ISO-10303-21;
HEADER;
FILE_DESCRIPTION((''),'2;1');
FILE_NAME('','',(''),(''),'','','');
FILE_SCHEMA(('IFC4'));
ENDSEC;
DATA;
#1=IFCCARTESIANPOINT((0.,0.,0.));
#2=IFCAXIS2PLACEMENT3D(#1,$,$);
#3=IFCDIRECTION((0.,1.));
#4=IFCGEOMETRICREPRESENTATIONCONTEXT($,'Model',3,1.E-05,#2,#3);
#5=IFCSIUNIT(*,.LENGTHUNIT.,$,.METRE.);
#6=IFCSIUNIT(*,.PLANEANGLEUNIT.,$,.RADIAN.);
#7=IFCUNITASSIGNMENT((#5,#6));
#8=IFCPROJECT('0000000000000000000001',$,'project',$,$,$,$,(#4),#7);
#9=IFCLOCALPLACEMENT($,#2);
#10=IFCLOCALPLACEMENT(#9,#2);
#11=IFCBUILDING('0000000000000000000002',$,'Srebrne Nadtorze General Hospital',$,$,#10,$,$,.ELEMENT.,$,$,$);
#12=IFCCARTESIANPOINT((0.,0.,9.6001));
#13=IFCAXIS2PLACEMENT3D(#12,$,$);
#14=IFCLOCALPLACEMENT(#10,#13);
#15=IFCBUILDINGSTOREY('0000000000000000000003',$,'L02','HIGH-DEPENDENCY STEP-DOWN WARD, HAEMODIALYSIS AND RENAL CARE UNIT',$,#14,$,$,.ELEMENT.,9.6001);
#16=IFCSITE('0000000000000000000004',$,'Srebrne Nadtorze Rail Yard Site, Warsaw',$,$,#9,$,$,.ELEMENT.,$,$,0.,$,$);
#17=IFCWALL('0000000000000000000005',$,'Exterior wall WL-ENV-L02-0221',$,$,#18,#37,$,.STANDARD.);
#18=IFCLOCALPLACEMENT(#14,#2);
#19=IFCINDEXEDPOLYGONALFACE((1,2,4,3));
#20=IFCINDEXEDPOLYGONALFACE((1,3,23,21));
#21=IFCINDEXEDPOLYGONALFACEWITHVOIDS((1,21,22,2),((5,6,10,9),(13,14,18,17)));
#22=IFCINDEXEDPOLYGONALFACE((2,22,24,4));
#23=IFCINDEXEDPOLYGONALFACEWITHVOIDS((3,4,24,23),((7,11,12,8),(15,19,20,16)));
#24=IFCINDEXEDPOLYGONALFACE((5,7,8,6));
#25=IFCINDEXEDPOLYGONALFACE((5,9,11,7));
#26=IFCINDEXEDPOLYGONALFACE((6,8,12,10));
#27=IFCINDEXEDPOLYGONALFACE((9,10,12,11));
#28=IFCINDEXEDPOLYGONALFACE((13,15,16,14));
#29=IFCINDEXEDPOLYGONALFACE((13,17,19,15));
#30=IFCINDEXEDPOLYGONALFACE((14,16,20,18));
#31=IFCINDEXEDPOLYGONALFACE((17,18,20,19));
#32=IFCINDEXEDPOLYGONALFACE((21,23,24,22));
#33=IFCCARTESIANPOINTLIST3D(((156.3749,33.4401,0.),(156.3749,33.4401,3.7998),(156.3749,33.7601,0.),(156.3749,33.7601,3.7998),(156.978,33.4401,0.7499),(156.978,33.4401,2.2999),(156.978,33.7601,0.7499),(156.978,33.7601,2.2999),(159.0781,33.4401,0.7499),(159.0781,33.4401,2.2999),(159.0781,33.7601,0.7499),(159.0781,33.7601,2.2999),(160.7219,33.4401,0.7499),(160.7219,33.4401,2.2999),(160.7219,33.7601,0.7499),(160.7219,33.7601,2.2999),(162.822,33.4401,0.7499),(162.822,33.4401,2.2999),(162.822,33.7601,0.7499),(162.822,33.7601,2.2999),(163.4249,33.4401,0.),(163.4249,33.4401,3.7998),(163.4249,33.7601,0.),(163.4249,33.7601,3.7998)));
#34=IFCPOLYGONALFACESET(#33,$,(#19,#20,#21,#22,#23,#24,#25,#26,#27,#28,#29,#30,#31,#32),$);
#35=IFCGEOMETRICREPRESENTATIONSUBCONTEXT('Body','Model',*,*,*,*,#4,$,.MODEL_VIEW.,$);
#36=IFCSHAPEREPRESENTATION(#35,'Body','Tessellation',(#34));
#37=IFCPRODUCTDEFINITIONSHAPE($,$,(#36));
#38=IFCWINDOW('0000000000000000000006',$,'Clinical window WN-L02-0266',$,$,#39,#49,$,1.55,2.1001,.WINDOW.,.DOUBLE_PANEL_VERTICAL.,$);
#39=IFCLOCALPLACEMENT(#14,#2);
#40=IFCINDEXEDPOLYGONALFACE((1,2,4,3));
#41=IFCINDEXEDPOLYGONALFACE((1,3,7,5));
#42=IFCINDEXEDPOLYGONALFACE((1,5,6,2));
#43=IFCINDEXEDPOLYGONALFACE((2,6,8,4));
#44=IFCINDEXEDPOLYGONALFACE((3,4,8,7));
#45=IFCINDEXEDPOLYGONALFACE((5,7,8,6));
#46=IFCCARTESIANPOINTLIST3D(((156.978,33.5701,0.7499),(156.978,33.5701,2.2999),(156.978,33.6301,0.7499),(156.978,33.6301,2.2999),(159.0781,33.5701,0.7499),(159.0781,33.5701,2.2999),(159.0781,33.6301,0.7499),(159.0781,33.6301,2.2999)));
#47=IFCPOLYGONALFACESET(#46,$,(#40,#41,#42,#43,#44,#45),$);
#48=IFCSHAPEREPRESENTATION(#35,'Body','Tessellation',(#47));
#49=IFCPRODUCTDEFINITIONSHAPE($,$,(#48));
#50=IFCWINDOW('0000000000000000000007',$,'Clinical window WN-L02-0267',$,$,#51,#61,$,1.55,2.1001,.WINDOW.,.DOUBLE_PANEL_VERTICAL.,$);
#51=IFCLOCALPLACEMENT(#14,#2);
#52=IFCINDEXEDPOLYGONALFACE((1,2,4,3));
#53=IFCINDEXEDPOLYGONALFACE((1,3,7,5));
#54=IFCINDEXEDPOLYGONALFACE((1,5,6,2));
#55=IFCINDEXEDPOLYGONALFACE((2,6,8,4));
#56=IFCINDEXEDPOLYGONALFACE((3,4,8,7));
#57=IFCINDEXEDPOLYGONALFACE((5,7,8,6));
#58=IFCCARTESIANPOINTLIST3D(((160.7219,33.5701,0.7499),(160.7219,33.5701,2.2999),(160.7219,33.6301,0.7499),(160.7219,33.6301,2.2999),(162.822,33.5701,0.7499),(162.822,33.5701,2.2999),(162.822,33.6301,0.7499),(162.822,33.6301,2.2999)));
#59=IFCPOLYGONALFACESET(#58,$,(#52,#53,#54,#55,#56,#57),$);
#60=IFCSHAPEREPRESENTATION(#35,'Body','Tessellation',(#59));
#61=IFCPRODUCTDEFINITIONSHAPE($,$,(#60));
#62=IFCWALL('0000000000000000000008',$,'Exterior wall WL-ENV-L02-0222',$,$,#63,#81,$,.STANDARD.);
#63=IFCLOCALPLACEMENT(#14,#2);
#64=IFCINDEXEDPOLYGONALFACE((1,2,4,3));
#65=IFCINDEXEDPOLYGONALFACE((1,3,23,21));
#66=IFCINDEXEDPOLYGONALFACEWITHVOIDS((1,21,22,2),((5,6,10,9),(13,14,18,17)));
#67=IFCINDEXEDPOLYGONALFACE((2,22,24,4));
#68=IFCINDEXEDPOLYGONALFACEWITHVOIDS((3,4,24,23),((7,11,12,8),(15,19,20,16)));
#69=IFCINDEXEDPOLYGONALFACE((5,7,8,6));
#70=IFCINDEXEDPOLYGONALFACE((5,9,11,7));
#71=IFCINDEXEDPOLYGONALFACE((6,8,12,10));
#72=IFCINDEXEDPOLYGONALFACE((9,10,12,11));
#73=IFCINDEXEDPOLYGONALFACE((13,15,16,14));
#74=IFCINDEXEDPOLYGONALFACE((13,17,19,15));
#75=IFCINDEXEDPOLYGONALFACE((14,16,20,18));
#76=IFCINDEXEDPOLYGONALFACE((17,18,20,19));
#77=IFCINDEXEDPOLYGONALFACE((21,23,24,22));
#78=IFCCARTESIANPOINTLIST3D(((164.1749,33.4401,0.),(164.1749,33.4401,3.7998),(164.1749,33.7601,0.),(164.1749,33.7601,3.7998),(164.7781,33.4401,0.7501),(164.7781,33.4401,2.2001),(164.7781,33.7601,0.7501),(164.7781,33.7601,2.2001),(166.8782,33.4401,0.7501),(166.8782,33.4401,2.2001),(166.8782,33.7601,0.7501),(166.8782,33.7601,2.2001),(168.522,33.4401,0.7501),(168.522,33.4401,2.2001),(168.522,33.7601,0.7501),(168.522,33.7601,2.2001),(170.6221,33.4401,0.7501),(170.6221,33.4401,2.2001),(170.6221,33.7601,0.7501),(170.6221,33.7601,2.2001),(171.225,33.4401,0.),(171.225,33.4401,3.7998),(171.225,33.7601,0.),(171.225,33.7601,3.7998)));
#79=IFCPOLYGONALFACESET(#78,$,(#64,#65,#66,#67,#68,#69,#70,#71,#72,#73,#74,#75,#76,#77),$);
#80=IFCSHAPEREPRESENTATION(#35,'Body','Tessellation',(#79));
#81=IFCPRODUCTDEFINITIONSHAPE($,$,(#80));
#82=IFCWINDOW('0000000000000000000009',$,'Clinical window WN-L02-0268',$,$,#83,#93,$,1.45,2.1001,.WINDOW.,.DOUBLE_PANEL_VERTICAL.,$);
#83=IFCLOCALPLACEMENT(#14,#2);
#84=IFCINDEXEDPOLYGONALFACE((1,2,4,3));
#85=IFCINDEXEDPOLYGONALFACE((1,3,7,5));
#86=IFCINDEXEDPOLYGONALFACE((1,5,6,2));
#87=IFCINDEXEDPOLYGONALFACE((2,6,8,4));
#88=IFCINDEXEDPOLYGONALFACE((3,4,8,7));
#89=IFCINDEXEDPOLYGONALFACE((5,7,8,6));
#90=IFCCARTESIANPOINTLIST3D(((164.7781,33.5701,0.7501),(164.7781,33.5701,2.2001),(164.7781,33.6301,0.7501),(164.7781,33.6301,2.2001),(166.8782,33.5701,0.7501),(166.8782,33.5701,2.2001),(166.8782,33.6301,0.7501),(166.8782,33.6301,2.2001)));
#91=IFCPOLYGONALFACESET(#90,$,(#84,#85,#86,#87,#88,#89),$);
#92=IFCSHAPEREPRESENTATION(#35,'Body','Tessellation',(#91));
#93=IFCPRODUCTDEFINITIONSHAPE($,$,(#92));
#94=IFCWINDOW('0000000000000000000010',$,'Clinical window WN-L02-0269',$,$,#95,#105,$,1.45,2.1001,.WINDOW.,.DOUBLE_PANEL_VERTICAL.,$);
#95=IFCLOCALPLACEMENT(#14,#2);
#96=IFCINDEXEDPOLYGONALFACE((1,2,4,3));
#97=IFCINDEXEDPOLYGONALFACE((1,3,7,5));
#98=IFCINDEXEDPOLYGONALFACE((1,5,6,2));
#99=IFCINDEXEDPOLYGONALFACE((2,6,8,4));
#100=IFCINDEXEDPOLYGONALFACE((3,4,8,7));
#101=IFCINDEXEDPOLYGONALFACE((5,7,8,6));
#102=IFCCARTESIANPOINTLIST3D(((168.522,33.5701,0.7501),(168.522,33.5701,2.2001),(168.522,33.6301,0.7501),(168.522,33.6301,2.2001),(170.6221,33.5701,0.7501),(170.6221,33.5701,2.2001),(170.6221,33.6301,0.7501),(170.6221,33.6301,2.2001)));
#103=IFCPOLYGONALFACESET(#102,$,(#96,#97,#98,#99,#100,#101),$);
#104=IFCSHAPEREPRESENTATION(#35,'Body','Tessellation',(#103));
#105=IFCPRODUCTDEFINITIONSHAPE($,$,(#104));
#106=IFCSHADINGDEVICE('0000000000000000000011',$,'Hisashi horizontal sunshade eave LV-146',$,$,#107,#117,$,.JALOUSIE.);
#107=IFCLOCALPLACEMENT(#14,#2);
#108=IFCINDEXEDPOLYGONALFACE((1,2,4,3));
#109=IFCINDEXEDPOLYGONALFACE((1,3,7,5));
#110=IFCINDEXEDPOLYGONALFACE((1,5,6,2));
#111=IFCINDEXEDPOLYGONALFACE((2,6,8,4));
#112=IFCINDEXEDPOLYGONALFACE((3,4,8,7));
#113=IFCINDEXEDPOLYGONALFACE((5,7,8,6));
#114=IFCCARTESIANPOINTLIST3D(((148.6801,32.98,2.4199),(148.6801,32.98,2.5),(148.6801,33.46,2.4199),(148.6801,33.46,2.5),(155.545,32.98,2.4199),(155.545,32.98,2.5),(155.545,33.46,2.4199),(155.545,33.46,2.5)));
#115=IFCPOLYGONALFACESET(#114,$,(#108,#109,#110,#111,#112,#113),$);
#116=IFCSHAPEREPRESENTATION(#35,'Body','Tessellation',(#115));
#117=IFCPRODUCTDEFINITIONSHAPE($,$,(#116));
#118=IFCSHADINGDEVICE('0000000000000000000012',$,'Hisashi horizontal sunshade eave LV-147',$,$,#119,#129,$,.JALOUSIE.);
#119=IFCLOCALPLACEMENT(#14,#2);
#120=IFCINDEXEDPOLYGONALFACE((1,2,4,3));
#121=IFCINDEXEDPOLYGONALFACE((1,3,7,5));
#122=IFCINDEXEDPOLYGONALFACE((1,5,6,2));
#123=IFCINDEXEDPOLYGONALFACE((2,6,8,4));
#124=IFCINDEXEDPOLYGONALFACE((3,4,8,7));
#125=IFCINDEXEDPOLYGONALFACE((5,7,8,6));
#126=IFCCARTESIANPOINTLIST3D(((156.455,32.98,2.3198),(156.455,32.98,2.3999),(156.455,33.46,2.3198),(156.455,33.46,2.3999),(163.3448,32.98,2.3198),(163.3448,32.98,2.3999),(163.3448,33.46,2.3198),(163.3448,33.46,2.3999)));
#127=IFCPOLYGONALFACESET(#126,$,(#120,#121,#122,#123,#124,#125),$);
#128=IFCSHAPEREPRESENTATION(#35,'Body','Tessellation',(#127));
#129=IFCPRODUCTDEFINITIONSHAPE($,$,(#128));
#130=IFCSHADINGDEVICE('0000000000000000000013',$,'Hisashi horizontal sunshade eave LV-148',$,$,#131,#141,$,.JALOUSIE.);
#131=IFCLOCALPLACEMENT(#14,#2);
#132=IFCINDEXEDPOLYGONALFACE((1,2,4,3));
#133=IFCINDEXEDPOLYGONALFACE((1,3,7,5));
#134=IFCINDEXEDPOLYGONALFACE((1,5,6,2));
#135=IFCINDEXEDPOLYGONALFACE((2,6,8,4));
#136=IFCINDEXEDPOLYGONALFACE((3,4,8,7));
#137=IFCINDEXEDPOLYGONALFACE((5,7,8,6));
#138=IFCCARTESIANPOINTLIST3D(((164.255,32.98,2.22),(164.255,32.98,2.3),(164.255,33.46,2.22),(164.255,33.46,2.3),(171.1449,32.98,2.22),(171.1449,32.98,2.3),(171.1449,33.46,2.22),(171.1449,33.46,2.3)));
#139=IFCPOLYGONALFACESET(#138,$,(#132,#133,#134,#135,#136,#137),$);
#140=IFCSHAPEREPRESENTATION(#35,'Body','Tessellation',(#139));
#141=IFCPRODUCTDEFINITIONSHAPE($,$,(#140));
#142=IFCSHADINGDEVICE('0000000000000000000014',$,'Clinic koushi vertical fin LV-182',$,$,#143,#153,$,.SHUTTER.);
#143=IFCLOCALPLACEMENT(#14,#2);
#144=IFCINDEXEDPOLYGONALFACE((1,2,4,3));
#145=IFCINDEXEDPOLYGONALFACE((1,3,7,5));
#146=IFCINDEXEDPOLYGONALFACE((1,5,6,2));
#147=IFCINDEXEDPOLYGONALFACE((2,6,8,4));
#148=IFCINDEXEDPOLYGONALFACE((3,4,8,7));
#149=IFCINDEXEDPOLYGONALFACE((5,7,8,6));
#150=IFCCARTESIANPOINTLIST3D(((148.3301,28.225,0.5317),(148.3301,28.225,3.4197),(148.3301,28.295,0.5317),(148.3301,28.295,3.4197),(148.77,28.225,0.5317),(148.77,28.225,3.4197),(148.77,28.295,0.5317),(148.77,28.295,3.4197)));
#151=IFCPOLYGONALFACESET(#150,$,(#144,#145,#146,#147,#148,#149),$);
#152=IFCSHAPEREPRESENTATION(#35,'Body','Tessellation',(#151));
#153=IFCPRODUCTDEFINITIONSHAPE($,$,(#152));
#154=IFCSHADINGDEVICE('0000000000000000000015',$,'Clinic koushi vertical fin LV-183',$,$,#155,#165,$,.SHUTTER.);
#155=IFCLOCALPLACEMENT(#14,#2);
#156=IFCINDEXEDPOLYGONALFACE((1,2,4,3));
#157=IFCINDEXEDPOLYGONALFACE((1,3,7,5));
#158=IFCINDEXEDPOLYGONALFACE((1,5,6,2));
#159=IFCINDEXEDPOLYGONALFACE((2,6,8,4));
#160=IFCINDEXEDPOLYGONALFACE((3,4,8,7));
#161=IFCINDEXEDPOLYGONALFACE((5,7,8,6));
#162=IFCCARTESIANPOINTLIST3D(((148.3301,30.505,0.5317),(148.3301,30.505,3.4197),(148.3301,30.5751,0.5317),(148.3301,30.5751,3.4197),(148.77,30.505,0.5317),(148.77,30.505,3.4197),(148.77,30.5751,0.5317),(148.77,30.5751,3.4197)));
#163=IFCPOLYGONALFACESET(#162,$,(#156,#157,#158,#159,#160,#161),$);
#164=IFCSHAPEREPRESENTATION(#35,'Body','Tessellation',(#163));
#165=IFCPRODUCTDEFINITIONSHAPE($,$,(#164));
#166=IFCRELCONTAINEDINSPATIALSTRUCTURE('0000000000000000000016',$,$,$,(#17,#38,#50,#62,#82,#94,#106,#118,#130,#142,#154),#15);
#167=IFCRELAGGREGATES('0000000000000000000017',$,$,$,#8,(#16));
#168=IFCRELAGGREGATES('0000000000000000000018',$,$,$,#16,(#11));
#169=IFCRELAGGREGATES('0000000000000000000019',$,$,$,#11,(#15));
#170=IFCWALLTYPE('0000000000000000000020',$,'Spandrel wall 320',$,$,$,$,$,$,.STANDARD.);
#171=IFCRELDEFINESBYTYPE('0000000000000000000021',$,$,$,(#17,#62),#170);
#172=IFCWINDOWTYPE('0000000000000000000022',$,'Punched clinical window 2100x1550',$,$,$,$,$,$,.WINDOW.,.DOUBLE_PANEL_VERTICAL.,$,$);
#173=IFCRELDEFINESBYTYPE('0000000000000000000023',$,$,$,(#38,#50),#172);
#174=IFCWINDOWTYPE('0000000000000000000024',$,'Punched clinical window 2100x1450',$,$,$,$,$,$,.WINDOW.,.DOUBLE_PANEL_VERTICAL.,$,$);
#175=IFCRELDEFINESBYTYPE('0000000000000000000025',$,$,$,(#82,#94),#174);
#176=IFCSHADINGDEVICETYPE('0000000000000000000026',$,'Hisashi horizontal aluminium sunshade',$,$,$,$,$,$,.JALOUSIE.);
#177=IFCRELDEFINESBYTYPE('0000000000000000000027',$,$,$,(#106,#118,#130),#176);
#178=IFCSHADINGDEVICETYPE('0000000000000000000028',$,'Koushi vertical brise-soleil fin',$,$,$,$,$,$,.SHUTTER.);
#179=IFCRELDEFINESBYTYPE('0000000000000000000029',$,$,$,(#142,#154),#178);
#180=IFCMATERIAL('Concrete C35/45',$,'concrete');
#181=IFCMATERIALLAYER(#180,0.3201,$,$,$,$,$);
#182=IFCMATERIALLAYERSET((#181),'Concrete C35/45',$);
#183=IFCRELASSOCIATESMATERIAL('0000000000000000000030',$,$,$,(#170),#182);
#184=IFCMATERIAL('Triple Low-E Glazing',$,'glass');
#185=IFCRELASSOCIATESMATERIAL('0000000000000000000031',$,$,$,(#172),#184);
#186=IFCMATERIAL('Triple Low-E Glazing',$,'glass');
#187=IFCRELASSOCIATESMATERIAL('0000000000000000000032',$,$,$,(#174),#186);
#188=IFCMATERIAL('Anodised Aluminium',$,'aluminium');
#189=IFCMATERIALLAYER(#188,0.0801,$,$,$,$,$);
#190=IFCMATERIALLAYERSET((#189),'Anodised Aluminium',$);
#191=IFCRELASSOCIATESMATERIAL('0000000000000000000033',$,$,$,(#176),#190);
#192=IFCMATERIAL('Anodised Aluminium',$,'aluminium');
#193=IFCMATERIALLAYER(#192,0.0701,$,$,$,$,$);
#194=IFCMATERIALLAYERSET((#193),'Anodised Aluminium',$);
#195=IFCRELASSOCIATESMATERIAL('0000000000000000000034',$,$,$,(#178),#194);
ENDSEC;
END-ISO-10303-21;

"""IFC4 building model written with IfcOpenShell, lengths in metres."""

from ifc_helpers import new_model, si_unit, direction, frame, frame_2d, origin, origin_2d, place, context, subcontext, project, spatial, rectangle, extrude, material, layer, layer_set, type_object, element, fill, save


model = new_model("IFC4")

# Units and contexts
model_context = context("Model", 3, precision=1e-05, world=origin(), true_north=direction((0.0, 1.0)))
body_context = subcontext(model_context, "Body", "Model", "MODEL_VIEW")
ifc_project = project(units=[si_unit("LENGTHUNIT", "METRE"), si_unit("PLANEANGLEUNIT", "RADIAN")], contexts=[model_context])

# Site, building, storey
site_placement = place(None, origin())
site = spatial("IfcSite", under=ifc_project, at=site_placement, Name="Srebrne Nadtorze Rail Yard Site, Warsaw", CompositionType="ELEMENT", RefElevation=0.0)
building_placement = place(site_placement, origin())
building = spatial("IfcBuilding", under=site, at=building_placement, Name="Srebrne Nadtorze General Hospital", CompositionType="ELEMENT")
storey_placement = place(building_placement, frame((0.0, 0.0, 9.6001)))
storey = spatial("IfcBuildingStorey", under=building, at=storey_placement, Name="L02", Description="HIGH-DEPENDENCY STEP-DOWN WARD, HAEMODIALYSIS AND RENAL CARE UNIT", CompositionType="ELEMENT", Elevation=9.6001)

# Walls, openings, windows
ifc_material_1 = material(Name="Concrete C35/45", Category="concrete")
ifc_layer_1 = layer(ifc_material_1, 0.3201)
ifc_layer_set_1 = layer_set([ifc_layer_1], Name="Concrete C35/45")
wall_type_1 = type_object("IfcWallType", Name="Spandrel wall 320", PredefinedType="STANDARD", material=ifc_layer_set_1)
wall_1_placement = place(storey_placement, frame((156.375, 33.6001, 0.0), z_axis=(0.0, 0.0, 1.0), x_axis=(1.0, 0.0, 0.0)))
wall_1 = element("IfcWall", 1, at=wall_1_placement, inside=storey, type_object=wall_type_1, Name="Exterior wall WL-ENV-L02-0221", PredefinedType="STANDARD", context=body_context, shape_type="SweptSolid", body=[
    extrude(rectangle(XDim=7.05, YDim=0.3201, at=frame_2d((3.5249, 0.0))), origin(), (0.0, 0.0, 1.0), 3.7998),
])
opening_1_placement = place(wall_1_placement, frame((0.603, 0.0, 0.75)))
opening_1 = element("IfcOpeningElement", 2, at=opening_1_placement, cuts=wall_1, PredefinedType="OPENING", context=body_context, shape_type="SweptSolid", body=[
    extrude(rectangle(XDim=2.1001, YDim=1.55, at=frame_2d((1.05, 0.7749))), frame((0.0, 0.1719, 0.0), z_axis=(0.0, -1.0, 0.0), x_axis=(1.0, 0.0, 0.0)), (0.0, 0.0, 1.0), 0.344),
])
opening_2_placement = place(wall_1_placement, frame((4.3469, 0.0, 0.75)))
opening_2 = element("IfcOpeningElement", 3, at=opening_2_placement, cuts=wall_1, PredefinedType="OPENING", context=body_context, shape_type="SweptSolid", body=[
    extrude(rectangle(XDim=2.1001, YDim=1.55, at=frame_2d((1.05, 0.7749))), frame((0.0, 0.1719, 0.0), z_axis=(0.0, -1.0, 0.0), x_axis=(1.0, 0.0, 0.0)), (0.0, 0.0, 1.0), 0.344),
])
ifc_material_2 = material(Name="Triple Low-E Glazing", Category="glass")
window_type_1 = type_object("IfcWindowType", Name="Punched clinical window 2100x1550", PartitioningType="DOUBLE_PANEL_VERTICAL", PredefinedType="WINDOW", material=ifc_material_2)
window_1_placement = place(opening_1_placement, origin())
window_1 = element("IfcWindow", 4, at=window_1_placement, inside=storey, type_object=window_type_1, Name="Clinical window WN-L02-0266", OverallHeight=1.55, OverallWidth=2.1001, PartitioningType="DOUBLE_PANEL_VERTICAL", PredefinedType="WINDOW", context=body_context, shape_type="SweptSolid", body=[
    extrude(rectangle(XDim=2.1001, YDim=1.55, at=frame_2d((1.05, 0.7749))), frame((0.0, 0.03, 0.0), z_axis=(0.0, -1.0, 0.0), x_axis=(1.0, 0.0, 0.0)), (0.0, 0.0, 1.0), 0.0601),
])
fill(opening_1, window_1)
window_2_placement = place(opening_2_placement, origin())
window_2 = element("IfcWindow", 5, at=window_2_placement, inside=storey, type_object=window_type_1, Name="Clinical window WN-L02-0267", OverallHeight=1.55, OverallWidth=2.1001, PartitioningType="DOUBLE_PANEL_VERTICAL", PredefinedType="WINDOW", context=body_context, shape_type="SweptSolid", body=[
    extrude(rectangle(XDim=2.1001, YDim=1.55, at=frame_2d((1.05, 0.7749))), frame((0.0, 0.03, 0.0), z_axis=(0.0, -1.0, 0.0), x_axis=(1.0, 0.0, 0.0)), (0.0, 0.0, 1.0), 0.0601),
])
fill(opening_2, window_2)
wall_2_placement = place(storey_placement, frame((164.175, 33.6001, 0.0), z_axis=(0.0, 0.0, 1.0), x_axis=(1.0, 0.0, 0.0)))
wall_2 = element("IfcWall", 6, at=wall_2_placement, inside=storey, type_object=wall_type_1, Name="Exterior wall WL-ENV-L02-0222", PredefinedType="STANDARD", context=body_context, shape_type="SweptSolid", body=[
    extrude(rectangle(XDim=7.05, YDim=0.3201, at=frame_2d((3.5249, 0.0))), origin(), (0.0, 0.0, 1.0), 3.7998),
])
opening_3_placement = place(wall_2_placement, frame((0.603, 0.0, 0.75)))
opening_3 = element("IfcOpeningElement", 7, at=opening_3_placement, cuts=wall_2, PredefinedType="OPENING", context=body_context, shape_type="SweptSolid", body=[
    extrude(rectangle(XDim=2.1001, YDim=1.45, at=frame_2d((1.05, 0.7251))), frame((0.0, 0.1719, 0.0), z_axis=(0.0, -1.0, 0.0), x_axis=(1.0, 0.0, 0.0)), (0.0, 0.0, 1.0), 0.344),
])
opening_4_placement = place(wall_2_placement, frame((4.3469, 0.0, 0.75)))
opening_4 = element("IfcOpeningElement", 8, at=opening_4_placement, cuts=wall_2, PredefinedType="OPENING", context=body_context, shape_type="SweptSolid", body=[
    extrude(rectangle(XDim=2.1001, YDim=1.45, at=frame_2d((1.05, 0.7251))), frame((0.0, 0.1719, 0.0), z_axis=(0.0, -1.0, 0.0), x_axis=(1.0, 0.0, 0.0)), (0.0, 0.0, 1.0), 0.344),
])
ifc_material_3 = material(Name="Triple Low-E Glazing", Category="glass")
window_type_2 = type_object("IfcWindowType", Name="Punched clinical window 2100x1450", PartitioningType="DOUBLE_PANEL_VERTICAL", PredefinedType="WINDOW", material=ifc_material_3)
window_3_placement = place(opening_3_placement, origin())
window_3 = element("IfcWindow", 9, at=window_3_placement, inside=storey, type_object=window_type_2, Name="Clinical window WN-L02-0268", OverallHeight=1.45, OverallWidth=2.1001, PartitioningType="DOUBLE_PANEL_VERTICAL", PredefinedType="WINDOW", context=body_context, shape_type="SweptSolid", body=[
    extrude(rectangle(XDim=2.1001, YDim=1.45, at=frame_2d((1.05, 0.7251))), frame((0.0, 0.03, 0.0), z_axis=(0.0, -1.0, 0.0), x_axis=(1.0, 0.0, 0.0)), (0.0, 0.0, 1.0), 0.0601),
])
fill(opening_3, window_3)
window_4_placement = place(opening_4_placement, origin())
window_4 = element("IfcWindow", 10, at=window_4_placement, inside=storey, type_object=window_type_2, Name="Clinical window WN-L02-0269", OverallHeight=1.45, OverallWidth=2.1001, PartitioningType="DOUBLE_PANEL_VERTICAL", PredefinedType="WINDOW", context=body_context, shape_type="SweptSolid", body=[
    extrude(rectangle(XDim=2.1001, YDim=1.45, at=frame_2d((1.05, 0.7251))), frame((0.0, 0.03, 0.0), z_axis=(0.0, -1.0, 0.0), x_axis=(1.0, 0.0, 0.0)), (0.0, 0.0, 1.0), 0.0601),
])
fill(opening_4, window_4)

# Shading devices
ifc_material_4 = material(Name="Anodised Aluminium", Category="aluminium")
ifc_layer_2 = layer(ifc_material_4, 0.0801)
ifc_layer_set_2 = layer_set([ifc_layer_2], Name="Anodised Aluminium")
shading_device_type_1 = type_object("IfcShadingDeviceType", Name="Hisashi horizontal aluminium sunshade", PredefinedType="JALOUSIE", material=ifc_layer_set_2)
shading_device_placement = place(storey_placement, frame((152.1125, 33.22, 2.4199), z_axis=(0.0, 0.0, 1.0), x_axis=(1.0, 0.0, 0.0)))
element("IfcShadingDevice", 11, at=shading_device_placement, inside=storey, type_object=shading_device_type_1, Name="Hisashi horizontal sunshade eave LV-146", PredefinedType="JALOUSIE", context=body_context, shape_type="SweptSolid", body=[
    extrude(rectangle(XDim=6.865, YDim=0.48, at=origin_2d()), origin(), (0.0, 0.0, 1.0), 0.0801),
])
for number, where, z_axis, x_axis, name in (
    (12, (159.8999, 33.22, 2.3198), (0.0, 0.0, 1.0), (1.0, 0.0, 0.0), "Hisashi horizontal sunshade eave LV-147"),
    (13, (167.7, 33.22, 2.22), (0.0, 0.0, 1.0), (1.0, 0.0, 0.0), "Hisashi horizontal sunshade eave LV-148"),
):
    element("IfcShadingDevice", number, at=place(storey_placement, frame(where, z_axis=z_axis, x_axis=x_axis)), inside=storey, type_object=shading_device_type_1, Name=name, PredefinedType="JALOUSIE", context=body_context, shape_type="SweptSolid", body=[
        extrude(rectangle(XDim=6.8899, YDim=0.48, at=origin_2d()), origin(), (0.0, 0.0, 1.0), 0.0801),
    ])
ifc_material_5 = material(Name="Anodised Aluminium", Category="aluminium")
ifc_layer_3 = layer(ifc_material_5, 0.0701)
ifc_layer_set_3 = layer_set([ifc_layer_3], Name="Anodised Aluminium")
shading_device_type_2 = type_object("IfcShadingDeviceType", Name="Koushi vertical brise-soleil fin", PredefinedType="SHUTTER", material=ifc_layer_set_3)
for number, where, z_axis, x_axis, name in (
    (14, (148.55, 28.26, 0.5317), (0.0, 0.0, 1.0), (1.0, 0.0, 0.0), "Clinic koushi vertical fin LV-182"),
    (15, (148.55, 30.54, 0.5317), (0.0, 0.0, 1.0), (1.0, 0.0, 0.0), "Clinic koushi vertical fin LV-183"),
):
    element("IfcShadingDevice", number, at=place(storey_placement, frame(where, z_axis=z_axis, x_axis=x_axis)), inside=storey, type_object=shading_device_type_2, Name=name, PredefinedType="SHUTTER", context=body_context, shape_type="SweptSolid", body=[
        extrude(rectangle(XDim=0.4399, YDim=0.0701, at=origin_2d()), origin(), (0.0, 0.0, 1.0), 2.8879),
    ])

save(model, "model.ifc")
